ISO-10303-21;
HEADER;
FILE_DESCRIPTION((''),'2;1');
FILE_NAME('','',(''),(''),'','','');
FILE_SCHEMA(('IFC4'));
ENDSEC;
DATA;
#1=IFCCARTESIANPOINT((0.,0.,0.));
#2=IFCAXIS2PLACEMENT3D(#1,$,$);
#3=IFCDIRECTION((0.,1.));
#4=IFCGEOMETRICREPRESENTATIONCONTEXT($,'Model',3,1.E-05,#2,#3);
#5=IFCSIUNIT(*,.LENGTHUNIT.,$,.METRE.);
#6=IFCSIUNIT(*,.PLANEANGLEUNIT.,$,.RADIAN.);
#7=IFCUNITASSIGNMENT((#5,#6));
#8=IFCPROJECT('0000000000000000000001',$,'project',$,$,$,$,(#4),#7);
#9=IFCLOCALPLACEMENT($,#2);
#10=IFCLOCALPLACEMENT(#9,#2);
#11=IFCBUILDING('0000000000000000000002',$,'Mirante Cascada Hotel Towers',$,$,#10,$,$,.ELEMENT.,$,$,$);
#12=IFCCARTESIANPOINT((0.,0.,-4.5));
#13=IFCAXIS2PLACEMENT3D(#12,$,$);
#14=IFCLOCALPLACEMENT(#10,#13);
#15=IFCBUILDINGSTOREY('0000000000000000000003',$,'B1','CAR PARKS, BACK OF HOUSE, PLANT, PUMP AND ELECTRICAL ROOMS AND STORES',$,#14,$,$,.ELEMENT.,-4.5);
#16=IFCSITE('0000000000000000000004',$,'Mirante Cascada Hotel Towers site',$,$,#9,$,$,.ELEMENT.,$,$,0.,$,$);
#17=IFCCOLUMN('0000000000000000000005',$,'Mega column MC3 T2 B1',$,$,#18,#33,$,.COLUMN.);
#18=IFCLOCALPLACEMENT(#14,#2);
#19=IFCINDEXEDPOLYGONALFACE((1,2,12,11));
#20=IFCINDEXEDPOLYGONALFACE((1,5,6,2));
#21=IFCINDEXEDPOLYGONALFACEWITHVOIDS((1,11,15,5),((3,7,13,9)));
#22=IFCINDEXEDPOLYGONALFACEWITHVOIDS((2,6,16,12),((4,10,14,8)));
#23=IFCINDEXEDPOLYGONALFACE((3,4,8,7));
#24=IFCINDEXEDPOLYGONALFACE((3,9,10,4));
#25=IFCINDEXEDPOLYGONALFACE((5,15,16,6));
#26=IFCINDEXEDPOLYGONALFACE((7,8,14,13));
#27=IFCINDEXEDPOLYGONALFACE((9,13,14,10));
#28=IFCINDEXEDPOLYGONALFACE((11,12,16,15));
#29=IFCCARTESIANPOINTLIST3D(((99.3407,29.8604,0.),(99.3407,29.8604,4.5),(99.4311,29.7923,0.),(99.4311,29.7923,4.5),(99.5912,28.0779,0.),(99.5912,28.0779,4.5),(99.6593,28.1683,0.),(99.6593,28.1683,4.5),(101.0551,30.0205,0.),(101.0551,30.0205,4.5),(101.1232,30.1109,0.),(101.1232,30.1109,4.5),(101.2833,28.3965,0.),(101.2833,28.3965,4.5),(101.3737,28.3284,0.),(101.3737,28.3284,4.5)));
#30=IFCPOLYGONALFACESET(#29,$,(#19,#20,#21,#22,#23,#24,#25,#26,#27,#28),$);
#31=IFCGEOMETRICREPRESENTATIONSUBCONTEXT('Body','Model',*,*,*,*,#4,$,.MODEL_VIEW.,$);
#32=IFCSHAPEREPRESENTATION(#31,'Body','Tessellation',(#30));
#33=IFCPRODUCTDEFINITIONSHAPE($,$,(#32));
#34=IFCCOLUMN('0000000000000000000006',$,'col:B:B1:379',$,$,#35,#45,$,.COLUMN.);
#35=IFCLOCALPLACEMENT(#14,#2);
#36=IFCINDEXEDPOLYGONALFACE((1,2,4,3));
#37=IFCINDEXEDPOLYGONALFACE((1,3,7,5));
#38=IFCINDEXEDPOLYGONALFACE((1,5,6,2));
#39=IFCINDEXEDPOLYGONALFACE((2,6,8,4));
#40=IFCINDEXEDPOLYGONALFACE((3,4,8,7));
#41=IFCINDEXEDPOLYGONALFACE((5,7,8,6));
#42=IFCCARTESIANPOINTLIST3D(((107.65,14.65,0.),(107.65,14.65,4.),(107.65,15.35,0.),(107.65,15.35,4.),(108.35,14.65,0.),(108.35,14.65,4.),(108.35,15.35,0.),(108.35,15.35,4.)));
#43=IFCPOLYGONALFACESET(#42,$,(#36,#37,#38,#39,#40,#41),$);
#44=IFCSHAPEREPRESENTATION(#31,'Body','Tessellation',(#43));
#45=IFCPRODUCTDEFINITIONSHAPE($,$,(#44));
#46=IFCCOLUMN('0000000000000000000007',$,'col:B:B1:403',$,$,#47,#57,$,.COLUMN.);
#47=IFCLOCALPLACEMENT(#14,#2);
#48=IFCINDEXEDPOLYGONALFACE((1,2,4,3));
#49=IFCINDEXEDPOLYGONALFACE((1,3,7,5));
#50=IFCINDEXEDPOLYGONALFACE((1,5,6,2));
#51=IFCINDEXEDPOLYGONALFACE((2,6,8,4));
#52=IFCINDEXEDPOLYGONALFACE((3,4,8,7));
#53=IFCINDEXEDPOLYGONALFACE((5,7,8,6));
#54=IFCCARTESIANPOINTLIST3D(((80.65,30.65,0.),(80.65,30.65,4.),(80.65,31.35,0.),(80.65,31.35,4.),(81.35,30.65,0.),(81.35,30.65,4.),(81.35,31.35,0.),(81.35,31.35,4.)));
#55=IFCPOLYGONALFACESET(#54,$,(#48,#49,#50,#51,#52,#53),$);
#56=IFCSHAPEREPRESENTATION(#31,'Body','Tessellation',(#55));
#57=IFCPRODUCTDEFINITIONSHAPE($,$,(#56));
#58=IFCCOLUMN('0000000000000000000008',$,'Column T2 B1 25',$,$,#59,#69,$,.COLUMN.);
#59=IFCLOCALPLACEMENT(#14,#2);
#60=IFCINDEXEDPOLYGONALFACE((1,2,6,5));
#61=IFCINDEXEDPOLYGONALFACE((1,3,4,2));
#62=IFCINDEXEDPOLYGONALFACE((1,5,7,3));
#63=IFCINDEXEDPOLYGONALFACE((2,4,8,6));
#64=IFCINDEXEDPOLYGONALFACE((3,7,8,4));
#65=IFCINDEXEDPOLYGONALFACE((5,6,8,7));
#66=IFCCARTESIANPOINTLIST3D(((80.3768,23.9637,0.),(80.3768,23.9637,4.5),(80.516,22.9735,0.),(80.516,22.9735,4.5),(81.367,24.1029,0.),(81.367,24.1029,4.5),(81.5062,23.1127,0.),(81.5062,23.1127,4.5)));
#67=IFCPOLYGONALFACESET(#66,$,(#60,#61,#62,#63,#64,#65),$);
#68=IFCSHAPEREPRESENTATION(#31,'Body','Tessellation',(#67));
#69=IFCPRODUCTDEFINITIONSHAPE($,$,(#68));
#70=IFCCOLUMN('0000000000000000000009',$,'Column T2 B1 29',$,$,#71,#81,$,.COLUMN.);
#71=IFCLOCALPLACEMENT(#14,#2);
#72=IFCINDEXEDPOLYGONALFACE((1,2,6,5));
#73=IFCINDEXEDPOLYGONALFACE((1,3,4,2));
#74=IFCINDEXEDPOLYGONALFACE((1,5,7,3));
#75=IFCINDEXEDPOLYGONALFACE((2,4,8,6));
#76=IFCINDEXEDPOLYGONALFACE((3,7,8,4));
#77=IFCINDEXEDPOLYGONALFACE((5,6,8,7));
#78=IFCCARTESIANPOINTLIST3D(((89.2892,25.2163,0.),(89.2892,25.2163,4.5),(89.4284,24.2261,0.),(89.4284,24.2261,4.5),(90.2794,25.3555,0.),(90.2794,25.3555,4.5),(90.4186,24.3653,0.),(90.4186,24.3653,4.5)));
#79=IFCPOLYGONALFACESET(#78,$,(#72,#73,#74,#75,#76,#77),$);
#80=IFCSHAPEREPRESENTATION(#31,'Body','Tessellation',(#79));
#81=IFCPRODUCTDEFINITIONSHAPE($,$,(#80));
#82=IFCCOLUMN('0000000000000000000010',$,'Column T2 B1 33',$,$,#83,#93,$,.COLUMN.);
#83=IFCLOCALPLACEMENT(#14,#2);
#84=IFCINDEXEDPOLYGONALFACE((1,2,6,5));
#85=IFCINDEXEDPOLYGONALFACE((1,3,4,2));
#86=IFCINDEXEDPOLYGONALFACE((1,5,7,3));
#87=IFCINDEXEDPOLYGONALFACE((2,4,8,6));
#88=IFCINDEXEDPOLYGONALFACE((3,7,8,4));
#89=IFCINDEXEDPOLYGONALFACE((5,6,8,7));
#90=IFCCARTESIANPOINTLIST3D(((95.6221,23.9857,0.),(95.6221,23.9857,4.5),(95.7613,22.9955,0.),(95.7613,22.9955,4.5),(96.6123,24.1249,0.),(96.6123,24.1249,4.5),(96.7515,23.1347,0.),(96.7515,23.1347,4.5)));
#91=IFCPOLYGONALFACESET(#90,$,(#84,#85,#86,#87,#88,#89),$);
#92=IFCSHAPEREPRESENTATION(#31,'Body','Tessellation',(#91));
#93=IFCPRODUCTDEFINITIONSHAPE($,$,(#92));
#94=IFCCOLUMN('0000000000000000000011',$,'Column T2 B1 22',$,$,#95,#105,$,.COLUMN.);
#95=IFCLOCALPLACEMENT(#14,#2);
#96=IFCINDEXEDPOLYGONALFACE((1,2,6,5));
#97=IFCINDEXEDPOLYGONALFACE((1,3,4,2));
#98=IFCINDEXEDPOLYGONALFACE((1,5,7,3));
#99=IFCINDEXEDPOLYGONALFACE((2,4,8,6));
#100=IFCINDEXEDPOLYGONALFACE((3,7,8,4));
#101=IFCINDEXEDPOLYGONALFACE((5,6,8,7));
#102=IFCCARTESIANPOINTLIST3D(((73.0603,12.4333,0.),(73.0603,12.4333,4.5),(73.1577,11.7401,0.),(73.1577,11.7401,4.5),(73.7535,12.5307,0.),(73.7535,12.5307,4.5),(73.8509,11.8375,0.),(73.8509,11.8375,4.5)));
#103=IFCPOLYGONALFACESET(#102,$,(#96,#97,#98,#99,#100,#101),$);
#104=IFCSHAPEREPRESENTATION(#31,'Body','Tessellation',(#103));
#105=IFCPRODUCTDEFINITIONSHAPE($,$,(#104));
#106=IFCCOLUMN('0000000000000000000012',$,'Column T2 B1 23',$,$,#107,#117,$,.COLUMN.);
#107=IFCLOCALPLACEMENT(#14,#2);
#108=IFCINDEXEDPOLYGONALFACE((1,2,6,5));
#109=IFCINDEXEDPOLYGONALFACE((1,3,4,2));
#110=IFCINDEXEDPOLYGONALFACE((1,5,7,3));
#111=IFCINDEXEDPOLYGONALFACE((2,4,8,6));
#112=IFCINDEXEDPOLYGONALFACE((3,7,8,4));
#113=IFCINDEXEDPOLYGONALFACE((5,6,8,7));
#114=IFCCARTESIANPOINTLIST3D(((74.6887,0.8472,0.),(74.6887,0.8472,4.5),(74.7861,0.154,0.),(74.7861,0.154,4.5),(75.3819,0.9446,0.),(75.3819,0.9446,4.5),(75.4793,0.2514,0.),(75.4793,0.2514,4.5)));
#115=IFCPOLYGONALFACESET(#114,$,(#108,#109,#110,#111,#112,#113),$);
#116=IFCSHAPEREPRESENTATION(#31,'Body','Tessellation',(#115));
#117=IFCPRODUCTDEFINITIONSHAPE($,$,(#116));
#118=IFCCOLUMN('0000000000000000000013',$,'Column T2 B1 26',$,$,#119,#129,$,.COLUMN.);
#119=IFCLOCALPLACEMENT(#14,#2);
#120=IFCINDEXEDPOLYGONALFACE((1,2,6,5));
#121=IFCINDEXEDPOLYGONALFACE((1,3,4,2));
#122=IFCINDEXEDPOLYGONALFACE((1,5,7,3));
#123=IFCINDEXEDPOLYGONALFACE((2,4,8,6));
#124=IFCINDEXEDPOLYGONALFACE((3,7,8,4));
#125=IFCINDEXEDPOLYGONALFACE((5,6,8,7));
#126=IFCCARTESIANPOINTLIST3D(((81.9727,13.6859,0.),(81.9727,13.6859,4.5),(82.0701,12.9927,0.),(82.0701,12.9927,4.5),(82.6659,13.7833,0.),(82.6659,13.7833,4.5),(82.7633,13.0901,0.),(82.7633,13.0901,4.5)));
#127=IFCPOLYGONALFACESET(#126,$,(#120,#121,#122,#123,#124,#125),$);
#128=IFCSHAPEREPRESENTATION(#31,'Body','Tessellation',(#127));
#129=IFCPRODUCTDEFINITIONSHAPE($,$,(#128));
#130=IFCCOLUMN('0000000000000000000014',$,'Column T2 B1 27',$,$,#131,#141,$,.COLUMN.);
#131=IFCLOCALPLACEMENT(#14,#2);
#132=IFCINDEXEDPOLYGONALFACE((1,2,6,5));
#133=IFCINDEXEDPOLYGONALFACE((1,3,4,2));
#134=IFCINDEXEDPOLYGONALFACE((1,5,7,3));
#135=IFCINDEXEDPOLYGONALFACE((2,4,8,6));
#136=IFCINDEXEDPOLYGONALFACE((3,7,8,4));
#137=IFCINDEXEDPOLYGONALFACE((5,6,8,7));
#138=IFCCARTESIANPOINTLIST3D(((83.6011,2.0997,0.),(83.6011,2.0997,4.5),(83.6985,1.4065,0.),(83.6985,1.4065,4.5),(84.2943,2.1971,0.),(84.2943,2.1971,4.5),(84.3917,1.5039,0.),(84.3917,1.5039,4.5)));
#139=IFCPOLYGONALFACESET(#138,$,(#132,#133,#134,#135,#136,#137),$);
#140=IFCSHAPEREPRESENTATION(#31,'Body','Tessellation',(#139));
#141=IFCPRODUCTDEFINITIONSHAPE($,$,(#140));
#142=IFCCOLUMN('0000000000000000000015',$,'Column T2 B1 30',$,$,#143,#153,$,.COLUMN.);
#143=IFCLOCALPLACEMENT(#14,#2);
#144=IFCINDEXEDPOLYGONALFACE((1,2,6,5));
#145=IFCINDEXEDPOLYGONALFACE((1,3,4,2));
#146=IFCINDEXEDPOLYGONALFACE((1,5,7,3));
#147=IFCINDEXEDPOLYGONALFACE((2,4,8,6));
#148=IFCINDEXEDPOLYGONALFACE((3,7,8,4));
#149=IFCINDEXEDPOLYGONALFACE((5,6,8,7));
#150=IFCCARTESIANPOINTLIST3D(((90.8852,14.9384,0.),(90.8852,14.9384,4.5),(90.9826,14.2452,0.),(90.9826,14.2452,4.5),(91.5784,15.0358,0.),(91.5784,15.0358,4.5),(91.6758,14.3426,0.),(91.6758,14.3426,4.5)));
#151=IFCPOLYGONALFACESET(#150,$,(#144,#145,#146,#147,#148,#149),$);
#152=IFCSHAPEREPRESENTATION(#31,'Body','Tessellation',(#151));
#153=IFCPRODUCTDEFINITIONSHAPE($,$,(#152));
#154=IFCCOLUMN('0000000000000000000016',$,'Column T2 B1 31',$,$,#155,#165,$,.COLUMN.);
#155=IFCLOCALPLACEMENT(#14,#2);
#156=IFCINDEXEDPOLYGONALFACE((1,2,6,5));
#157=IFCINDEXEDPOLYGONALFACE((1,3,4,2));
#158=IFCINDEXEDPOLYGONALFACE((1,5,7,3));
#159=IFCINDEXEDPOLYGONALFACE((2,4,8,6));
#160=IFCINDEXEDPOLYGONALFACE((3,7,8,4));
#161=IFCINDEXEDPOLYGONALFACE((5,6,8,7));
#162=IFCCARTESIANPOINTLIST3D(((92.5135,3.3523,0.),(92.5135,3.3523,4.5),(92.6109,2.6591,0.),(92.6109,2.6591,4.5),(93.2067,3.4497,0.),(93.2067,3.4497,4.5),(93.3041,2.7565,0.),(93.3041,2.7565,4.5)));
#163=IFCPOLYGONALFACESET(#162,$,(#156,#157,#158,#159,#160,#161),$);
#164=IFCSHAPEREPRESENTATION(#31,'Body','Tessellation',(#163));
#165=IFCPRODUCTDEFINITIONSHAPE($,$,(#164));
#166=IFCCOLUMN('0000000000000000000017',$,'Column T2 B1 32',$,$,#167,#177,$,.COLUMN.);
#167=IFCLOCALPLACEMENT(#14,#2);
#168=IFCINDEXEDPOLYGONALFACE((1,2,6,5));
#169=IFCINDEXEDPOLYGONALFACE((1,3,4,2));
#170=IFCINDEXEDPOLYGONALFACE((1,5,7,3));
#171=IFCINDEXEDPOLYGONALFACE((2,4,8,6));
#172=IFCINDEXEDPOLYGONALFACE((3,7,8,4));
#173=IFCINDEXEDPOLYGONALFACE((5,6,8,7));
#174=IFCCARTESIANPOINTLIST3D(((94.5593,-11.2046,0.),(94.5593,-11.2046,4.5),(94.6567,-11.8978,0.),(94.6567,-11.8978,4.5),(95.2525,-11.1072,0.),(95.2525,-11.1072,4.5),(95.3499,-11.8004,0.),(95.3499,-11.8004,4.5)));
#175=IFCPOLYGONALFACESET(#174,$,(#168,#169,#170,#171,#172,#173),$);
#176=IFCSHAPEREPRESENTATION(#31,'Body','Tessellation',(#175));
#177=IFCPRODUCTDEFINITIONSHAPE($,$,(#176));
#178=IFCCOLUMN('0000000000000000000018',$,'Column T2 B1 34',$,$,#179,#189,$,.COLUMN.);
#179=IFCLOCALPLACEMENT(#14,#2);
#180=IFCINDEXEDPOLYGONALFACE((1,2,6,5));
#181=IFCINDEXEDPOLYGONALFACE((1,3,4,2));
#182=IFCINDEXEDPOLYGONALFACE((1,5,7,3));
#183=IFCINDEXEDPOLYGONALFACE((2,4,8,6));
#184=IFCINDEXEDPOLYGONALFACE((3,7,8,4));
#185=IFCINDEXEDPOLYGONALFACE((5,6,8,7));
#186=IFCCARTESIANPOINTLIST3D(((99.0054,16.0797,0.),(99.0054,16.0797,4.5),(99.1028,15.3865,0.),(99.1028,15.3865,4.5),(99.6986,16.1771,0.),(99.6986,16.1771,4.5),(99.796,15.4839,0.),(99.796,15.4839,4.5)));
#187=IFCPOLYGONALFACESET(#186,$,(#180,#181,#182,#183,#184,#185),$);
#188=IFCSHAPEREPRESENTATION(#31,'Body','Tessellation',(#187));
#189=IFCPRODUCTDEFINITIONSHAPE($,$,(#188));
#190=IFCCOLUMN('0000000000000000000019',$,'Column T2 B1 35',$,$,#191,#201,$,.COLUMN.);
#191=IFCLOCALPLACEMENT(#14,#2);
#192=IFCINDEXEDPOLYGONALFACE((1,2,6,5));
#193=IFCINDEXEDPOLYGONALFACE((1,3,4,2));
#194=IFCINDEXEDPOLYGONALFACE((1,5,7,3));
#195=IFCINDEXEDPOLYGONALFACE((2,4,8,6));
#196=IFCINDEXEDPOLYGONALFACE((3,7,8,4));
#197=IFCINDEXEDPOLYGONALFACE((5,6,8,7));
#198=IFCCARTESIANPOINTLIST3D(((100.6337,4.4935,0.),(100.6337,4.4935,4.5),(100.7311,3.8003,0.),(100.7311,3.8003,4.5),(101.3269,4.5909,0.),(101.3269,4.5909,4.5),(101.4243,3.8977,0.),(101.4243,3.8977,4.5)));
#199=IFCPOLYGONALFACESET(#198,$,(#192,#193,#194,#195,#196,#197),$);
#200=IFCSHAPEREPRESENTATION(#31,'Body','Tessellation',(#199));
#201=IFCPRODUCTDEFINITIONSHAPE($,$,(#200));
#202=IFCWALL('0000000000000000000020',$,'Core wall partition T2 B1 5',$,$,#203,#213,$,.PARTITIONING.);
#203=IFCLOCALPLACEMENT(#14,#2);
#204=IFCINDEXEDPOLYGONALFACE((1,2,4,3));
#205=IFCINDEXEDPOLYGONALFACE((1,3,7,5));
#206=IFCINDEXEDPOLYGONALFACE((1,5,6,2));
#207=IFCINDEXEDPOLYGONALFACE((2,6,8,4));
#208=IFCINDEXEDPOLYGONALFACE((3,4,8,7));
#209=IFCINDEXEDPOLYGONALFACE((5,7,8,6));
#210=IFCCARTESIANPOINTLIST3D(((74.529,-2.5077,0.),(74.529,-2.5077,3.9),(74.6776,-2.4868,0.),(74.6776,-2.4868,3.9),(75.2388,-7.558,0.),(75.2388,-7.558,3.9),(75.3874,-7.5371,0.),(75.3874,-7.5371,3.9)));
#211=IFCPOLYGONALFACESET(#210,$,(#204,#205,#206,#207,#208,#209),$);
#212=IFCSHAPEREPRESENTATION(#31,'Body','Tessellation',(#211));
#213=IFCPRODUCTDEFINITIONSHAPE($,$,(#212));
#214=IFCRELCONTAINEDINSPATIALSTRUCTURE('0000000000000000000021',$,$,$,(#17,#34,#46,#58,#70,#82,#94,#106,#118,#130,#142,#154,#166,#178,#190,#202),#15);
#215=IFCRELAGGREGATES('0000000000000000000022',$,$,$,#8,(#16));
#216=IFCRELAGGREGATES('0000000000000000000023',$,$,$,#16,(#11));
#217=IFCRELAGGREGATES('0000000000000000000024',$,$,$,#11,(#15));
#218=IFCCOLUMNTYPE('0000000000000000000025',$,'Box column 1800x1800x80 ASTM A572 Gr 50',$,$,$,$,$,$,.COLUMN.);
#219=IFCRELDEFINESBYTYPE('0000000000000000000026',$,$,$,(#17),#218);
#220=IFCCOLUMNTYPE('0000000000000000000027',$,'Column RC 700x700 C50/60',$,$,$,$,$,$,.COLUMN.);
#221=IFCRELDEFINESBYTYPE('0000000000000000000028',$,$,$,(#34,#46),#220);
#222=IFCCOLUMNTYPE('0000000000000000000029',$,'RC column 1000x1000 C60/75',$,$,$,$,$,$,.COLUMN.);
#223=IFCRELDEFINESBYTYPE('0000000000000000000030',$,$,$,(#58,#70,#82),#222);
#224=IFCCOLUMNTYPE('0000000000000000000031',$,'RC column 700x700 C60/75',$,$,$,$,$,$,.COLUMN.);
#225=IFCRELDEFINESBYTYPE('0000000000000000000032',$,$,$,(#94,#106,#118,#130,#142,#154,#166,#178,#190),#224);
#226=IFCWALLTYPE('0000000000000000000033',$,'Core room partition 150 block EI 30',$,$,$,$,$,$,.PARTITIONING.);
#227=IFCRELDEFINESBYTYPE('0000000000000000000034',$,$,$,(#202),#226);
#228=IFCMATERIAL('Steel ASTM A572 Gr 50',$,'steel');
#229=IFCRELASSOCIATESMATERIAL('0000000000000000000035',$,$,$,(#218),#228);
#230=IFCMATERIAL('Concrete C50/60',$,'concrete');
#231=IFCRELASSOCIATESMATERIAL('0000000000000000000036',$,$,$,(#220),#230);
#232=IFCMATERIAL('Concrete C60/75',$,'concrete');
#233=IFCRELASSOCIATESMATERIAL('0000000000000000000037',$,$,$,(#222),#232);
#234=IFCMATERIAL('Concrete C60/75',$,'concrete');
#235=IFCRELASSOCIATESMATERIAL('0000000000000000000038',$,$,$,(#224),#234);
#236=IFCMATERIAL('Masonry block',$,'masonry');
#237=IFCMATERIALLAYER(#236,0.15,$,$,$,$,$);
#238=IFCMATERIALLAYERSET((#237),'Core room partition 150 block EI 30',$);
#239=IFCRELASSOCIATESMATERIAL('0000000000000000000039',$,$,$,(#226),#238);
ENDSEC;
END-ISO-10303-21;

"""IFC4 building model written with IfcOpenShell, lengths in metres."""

from ifc_helpers import new_model, si_unit, direction, frame, frame_2d, origin, origin_2d, place, context, subcontext, project, spatial, rectangle, hollow_rectangle, extrude, material, layer, layer_set, material_profile, profile_set, type_object, element, save


model = new_model("IFC4")

# Units and contexts
model_context = context("Model", 3, precision=1e-05, world=origin(), true_north=direction((0.0, 1.0)))
body_context = subcontext(model_context, "Body", "Model", "MODEL_VIEW")
ifc_project = project(units=[si_unit("LENGTHUNIT", "METRE"), si_unit("PLANEANGLEUNIT", "RADIAN")], contexts=[model_context])

# Site, building, storey
site_placement = place(None, origin())
site = spatial("IfcSite", under=ifc_project, at=site_placement, Name="Mirante Cascada Hotel Towers site", CompositionType="ELEMENT", RefElevation=0.0)
building_placement = place(site_placement, origin())
building = spatial("IfcBuilding", under=site, at=building_placement, Name="Mirante Cascada Hotel Towers", CompositionType="ELEMENT")
storey_placement = place(building_placement, frame((0.0, 0.0, -4.5)))
storey = spatial("IfcBuildingStorey", under=building, at=storey_placement, Name="B1", Description="CAR PARKS, BACK OF HOUSE, PLANT, PUMP AND ELECTRICAL ROOMS AND STORES", CompositionType="ELEMENT", Elevation=-4.5)

# Columns
ifc_material_1 = material(Name="Steel ASTM A572 Gr 50", Category="steel")
ifc_material_profile_1 = material_profile(ifc_material_1, hollow_rectangle(XDim=1.8, YDim=1.8, WallThickness=0.08, at=origin_2d()), Name="Box column 1800x1800x80 ASTM A572 Gr 50")
ifc_profile_set_1 = profile_set([ifc_material_profile_1], Name="Steel ASTM A572 Gr 50")
column_type_1 = type_object("IfcColumnType", Name="Box column 1800x1800x80 ASTM A572 Gr 50", PredefinedType="COLUMN", material=ifc_profile_set_1)
column_placement = place(storey_placement, frame((100.3572, 29.0944, 0.0), z_axis=(0.0, 0.0, 1.0), x_axis=(0.990268, 0.139173, 0.0)))
element("IfcColumn", 1, at=column_placement, inside=storey, type_object=column_type_1, Name="Mega column MC3 T2 B1", PredefinedType="COLUMN", context=body_context, shape_type="SweptSolid", body=[
    extrude(hollow_rectangle(XDim=1.8, YDim=1.8, WallThickness=0.08, at=origin_2d()), origin(), (0.0, 0.0, 1.0), 4.5),
])
ifc_material_2 = material(Name="Concrete C50/60", Category="concrete")
ifc_material_profile_2 = material_profile(ifc_material_2, rectangle(XDim=0.7, YDim=0.7, at=origin_2d()), Name="RC 700x700")
ifc_profile_set_2 = profile_set([ifc_material_profile_2], Name="Concrete C50/60")
column_type_2 = type_object("IfcColumnType", Name="Column RC 700x700 C50/60", PredefinedType="COLUMN", material=ifc_profile_set_2)
for number, where, z_axis, x_axis, name in (
    (2, (108.0, 15.0, 0.0), (0.0, 0.0, 1.0), (1.0, 0.0, 0.0), "col:B:B1:379"),
    (3, (81.0, 31.0, 0.0), (0.0, 0.0, 1.0), (1.0, 0.0, 0.0), "col:B:B1:403"),
):
    element("IfcColumn", number, at=place(storey_placement, frame(where, z_axis=z_axis, x_axis=x_axis)), inside=storey, type_object=column_type_2, Name=name, PredefinedType="COLUMN", context=body_context, shape_type="SweptSolid", body=[
        extrude(rectangle(XDim=0.7, YDim=0.7, at=origin_2d()), origin(), (0.0, 0.0, 1.0), 4.0),
    ])
ifc_material_3 = material(Name="Concrete C60/75", Category="concrete")
ifc_material_profile_3 = material_profile(ifc_material_3, rectangle(XDim=1.0, YDim=1.0, at=origin_2d()), Name="RC column 1000x1000 C60/75")
ifc_profile_set_3 = profile_set([ifc_material_profile_3], Name="Concrete C60/75")
column_type_3 = type_object("IfcColumnType", Name="RC column 1000x1000 C60/75", PredefinedType="COLUMN", material=ifc_profile_set_3)
for number, where, z_axis, x_axis, name in (
    (4, (80.9415, 23.5382, 0.0), (0.0, 0.0, 1.0), (0.990268, 0.139173, 0.0), "Column T2 B1 25"),
    (5, (89.8539, 24.7908, 0.0), (0.0, 0.0, 1.0), (0.990268, 0.139173, 0.0), "Column T2 B1 29"),
    (6, (96.1868, 23.5602, 0.0), (0.0, 0.0, 1.0), (0.990268, 0.139173, 0.0), "Column T2 B1 33"),
):
    element("IfcColumn", number, at=place(storey_placement, frame(where, z_axis=z_axis, x_axis=x_axis)), inside=storey, type_object=column_type_3, Name=name, PredefinedType="COLUMN", context=body_context, shape_type="SweptSolid", body=[
        extrude(rectangle(XDim=1.0, YDim=1.0, at=origin_2d()), origin(), (0.0, 0.0, 1.0), 4.5),
    ])
ifc_material_4 = material(Name="Concrete C60/75", Category="concrete")
ifc_material_profile_4 = material_profile(ifc_material_4, rectangle(XDim=0.7, YDim=0.7, at=origin_2d()), Name="RC column 700x700 C60/75")
ifc_profile_set_4 = profile_set([ifc_material_profile_4], Name="Concrete C60/75")
column_type_4 = type_object("IfcColumnType", Name="RC column 700x700 C60/75", PredefinedType="COLUMN", material=ifc_profile_set_4)
for number, where, z_axis, x_axis, name in (
    (7, (73.4556, 12.1354, 0.0), (0.0, 0.0, 1.0), (0.990268, 0.139173, 0.0), "Column T2 B1 22"),
    (8, (75.084, 0.5493, 0.0), (0.0, 0.0, 1.0), (0.990268, 0.139173, 0.0), "Column T2 B1 23"),
    (9, (82.368, 13.388, 0.0), (0.0, 0.0, 1.0), (0.990268, 0.139173, 0.0), "Column T2 B1 26"),
    (10, (83.9964, 1.8018, 0.0), (0.0, 0.0, 1.0), (0.990268, 0.139173, 0.0), "Column T2 B1 27"),
    (11, (91.2805, 14.6405, 0.0), (0.0, 0.0, 1.0), (0.990268, 0.139173, 0.0), "Column T2 B1 30"),
    (12, (92.9088, 3.0544, 0.0), (0.0, 0.0, 1.0), (0.990268, 0.139173, 0.0), "Column T2 B1 31"),
    (13, (94.9546, -11.5025, 0.0), (0.0, 0.0, 1.0), (0.990268, 0.139173, 0.0), "Column T2 B1 32"),
    (14, (99.4007, 15.7818, 0.0), (0.0, 0.0, 1.0), (0.990268, 0.139173, 0.0), "Column T2 B1 34"),
    (15, (101.029, 4.1956, 0.0), (0.0, 0.0, 1.0), (0.990268, 0.139173, 0.0), "Column T2 B1 35"),
):
    element("IfcColumn", number, at=place(storey_placement, frame(where, z_axis=z_axis, x_axis=x_axis)), inside=storey, type_object=column_type_4, Name=name, PredefinedType="COLUMN", context=body_context, shape_type="SweptSolid", body=[
        extrude(rectangle(XDim=0.7, YDim=0.7, at=origin_2d()), origin(), (0.0, 0.0, 1.0), 4.5),
    ])

# Wall
ifc_material_5 = material(Name="Masonry block", Category="masonry")
ifc_layer_1 = layer(ifc_material_5, 0.15)
ifc_layer_set_1 = layer_set([ifc_layer_1], Name="Core room partition 150 block EI 30")
wall_type_1 = type_object("IfcWallType", Name="Core room partition 150 block EI 30", PredefinedType="PARTITIONING", material=ifc_layer_set_1)
wall_1_placement = place(storey_placement, frame((75.3131, -7.5476, 0.0), z_axis=(0.0, 0.0, 1.0), x_axis=(-0.139178, 0.990267, 0.0)))
element("IfcWall", 16, at=wall_1_placement, inside=storey, type_object=wall_type_1, Name="Core wall partition T2 B1 5", PredefinedType="PARTITIONING", context=body_context, shape_type="SweptSolid", body=[
    extrude(rectangle(XDim=5.0999, YDim=0.15, at=frame_2d((2.55, 0.0))), origin(), (0.0, 0.0, 1.0), 3.9),
])

save(model, "model.ifc")
